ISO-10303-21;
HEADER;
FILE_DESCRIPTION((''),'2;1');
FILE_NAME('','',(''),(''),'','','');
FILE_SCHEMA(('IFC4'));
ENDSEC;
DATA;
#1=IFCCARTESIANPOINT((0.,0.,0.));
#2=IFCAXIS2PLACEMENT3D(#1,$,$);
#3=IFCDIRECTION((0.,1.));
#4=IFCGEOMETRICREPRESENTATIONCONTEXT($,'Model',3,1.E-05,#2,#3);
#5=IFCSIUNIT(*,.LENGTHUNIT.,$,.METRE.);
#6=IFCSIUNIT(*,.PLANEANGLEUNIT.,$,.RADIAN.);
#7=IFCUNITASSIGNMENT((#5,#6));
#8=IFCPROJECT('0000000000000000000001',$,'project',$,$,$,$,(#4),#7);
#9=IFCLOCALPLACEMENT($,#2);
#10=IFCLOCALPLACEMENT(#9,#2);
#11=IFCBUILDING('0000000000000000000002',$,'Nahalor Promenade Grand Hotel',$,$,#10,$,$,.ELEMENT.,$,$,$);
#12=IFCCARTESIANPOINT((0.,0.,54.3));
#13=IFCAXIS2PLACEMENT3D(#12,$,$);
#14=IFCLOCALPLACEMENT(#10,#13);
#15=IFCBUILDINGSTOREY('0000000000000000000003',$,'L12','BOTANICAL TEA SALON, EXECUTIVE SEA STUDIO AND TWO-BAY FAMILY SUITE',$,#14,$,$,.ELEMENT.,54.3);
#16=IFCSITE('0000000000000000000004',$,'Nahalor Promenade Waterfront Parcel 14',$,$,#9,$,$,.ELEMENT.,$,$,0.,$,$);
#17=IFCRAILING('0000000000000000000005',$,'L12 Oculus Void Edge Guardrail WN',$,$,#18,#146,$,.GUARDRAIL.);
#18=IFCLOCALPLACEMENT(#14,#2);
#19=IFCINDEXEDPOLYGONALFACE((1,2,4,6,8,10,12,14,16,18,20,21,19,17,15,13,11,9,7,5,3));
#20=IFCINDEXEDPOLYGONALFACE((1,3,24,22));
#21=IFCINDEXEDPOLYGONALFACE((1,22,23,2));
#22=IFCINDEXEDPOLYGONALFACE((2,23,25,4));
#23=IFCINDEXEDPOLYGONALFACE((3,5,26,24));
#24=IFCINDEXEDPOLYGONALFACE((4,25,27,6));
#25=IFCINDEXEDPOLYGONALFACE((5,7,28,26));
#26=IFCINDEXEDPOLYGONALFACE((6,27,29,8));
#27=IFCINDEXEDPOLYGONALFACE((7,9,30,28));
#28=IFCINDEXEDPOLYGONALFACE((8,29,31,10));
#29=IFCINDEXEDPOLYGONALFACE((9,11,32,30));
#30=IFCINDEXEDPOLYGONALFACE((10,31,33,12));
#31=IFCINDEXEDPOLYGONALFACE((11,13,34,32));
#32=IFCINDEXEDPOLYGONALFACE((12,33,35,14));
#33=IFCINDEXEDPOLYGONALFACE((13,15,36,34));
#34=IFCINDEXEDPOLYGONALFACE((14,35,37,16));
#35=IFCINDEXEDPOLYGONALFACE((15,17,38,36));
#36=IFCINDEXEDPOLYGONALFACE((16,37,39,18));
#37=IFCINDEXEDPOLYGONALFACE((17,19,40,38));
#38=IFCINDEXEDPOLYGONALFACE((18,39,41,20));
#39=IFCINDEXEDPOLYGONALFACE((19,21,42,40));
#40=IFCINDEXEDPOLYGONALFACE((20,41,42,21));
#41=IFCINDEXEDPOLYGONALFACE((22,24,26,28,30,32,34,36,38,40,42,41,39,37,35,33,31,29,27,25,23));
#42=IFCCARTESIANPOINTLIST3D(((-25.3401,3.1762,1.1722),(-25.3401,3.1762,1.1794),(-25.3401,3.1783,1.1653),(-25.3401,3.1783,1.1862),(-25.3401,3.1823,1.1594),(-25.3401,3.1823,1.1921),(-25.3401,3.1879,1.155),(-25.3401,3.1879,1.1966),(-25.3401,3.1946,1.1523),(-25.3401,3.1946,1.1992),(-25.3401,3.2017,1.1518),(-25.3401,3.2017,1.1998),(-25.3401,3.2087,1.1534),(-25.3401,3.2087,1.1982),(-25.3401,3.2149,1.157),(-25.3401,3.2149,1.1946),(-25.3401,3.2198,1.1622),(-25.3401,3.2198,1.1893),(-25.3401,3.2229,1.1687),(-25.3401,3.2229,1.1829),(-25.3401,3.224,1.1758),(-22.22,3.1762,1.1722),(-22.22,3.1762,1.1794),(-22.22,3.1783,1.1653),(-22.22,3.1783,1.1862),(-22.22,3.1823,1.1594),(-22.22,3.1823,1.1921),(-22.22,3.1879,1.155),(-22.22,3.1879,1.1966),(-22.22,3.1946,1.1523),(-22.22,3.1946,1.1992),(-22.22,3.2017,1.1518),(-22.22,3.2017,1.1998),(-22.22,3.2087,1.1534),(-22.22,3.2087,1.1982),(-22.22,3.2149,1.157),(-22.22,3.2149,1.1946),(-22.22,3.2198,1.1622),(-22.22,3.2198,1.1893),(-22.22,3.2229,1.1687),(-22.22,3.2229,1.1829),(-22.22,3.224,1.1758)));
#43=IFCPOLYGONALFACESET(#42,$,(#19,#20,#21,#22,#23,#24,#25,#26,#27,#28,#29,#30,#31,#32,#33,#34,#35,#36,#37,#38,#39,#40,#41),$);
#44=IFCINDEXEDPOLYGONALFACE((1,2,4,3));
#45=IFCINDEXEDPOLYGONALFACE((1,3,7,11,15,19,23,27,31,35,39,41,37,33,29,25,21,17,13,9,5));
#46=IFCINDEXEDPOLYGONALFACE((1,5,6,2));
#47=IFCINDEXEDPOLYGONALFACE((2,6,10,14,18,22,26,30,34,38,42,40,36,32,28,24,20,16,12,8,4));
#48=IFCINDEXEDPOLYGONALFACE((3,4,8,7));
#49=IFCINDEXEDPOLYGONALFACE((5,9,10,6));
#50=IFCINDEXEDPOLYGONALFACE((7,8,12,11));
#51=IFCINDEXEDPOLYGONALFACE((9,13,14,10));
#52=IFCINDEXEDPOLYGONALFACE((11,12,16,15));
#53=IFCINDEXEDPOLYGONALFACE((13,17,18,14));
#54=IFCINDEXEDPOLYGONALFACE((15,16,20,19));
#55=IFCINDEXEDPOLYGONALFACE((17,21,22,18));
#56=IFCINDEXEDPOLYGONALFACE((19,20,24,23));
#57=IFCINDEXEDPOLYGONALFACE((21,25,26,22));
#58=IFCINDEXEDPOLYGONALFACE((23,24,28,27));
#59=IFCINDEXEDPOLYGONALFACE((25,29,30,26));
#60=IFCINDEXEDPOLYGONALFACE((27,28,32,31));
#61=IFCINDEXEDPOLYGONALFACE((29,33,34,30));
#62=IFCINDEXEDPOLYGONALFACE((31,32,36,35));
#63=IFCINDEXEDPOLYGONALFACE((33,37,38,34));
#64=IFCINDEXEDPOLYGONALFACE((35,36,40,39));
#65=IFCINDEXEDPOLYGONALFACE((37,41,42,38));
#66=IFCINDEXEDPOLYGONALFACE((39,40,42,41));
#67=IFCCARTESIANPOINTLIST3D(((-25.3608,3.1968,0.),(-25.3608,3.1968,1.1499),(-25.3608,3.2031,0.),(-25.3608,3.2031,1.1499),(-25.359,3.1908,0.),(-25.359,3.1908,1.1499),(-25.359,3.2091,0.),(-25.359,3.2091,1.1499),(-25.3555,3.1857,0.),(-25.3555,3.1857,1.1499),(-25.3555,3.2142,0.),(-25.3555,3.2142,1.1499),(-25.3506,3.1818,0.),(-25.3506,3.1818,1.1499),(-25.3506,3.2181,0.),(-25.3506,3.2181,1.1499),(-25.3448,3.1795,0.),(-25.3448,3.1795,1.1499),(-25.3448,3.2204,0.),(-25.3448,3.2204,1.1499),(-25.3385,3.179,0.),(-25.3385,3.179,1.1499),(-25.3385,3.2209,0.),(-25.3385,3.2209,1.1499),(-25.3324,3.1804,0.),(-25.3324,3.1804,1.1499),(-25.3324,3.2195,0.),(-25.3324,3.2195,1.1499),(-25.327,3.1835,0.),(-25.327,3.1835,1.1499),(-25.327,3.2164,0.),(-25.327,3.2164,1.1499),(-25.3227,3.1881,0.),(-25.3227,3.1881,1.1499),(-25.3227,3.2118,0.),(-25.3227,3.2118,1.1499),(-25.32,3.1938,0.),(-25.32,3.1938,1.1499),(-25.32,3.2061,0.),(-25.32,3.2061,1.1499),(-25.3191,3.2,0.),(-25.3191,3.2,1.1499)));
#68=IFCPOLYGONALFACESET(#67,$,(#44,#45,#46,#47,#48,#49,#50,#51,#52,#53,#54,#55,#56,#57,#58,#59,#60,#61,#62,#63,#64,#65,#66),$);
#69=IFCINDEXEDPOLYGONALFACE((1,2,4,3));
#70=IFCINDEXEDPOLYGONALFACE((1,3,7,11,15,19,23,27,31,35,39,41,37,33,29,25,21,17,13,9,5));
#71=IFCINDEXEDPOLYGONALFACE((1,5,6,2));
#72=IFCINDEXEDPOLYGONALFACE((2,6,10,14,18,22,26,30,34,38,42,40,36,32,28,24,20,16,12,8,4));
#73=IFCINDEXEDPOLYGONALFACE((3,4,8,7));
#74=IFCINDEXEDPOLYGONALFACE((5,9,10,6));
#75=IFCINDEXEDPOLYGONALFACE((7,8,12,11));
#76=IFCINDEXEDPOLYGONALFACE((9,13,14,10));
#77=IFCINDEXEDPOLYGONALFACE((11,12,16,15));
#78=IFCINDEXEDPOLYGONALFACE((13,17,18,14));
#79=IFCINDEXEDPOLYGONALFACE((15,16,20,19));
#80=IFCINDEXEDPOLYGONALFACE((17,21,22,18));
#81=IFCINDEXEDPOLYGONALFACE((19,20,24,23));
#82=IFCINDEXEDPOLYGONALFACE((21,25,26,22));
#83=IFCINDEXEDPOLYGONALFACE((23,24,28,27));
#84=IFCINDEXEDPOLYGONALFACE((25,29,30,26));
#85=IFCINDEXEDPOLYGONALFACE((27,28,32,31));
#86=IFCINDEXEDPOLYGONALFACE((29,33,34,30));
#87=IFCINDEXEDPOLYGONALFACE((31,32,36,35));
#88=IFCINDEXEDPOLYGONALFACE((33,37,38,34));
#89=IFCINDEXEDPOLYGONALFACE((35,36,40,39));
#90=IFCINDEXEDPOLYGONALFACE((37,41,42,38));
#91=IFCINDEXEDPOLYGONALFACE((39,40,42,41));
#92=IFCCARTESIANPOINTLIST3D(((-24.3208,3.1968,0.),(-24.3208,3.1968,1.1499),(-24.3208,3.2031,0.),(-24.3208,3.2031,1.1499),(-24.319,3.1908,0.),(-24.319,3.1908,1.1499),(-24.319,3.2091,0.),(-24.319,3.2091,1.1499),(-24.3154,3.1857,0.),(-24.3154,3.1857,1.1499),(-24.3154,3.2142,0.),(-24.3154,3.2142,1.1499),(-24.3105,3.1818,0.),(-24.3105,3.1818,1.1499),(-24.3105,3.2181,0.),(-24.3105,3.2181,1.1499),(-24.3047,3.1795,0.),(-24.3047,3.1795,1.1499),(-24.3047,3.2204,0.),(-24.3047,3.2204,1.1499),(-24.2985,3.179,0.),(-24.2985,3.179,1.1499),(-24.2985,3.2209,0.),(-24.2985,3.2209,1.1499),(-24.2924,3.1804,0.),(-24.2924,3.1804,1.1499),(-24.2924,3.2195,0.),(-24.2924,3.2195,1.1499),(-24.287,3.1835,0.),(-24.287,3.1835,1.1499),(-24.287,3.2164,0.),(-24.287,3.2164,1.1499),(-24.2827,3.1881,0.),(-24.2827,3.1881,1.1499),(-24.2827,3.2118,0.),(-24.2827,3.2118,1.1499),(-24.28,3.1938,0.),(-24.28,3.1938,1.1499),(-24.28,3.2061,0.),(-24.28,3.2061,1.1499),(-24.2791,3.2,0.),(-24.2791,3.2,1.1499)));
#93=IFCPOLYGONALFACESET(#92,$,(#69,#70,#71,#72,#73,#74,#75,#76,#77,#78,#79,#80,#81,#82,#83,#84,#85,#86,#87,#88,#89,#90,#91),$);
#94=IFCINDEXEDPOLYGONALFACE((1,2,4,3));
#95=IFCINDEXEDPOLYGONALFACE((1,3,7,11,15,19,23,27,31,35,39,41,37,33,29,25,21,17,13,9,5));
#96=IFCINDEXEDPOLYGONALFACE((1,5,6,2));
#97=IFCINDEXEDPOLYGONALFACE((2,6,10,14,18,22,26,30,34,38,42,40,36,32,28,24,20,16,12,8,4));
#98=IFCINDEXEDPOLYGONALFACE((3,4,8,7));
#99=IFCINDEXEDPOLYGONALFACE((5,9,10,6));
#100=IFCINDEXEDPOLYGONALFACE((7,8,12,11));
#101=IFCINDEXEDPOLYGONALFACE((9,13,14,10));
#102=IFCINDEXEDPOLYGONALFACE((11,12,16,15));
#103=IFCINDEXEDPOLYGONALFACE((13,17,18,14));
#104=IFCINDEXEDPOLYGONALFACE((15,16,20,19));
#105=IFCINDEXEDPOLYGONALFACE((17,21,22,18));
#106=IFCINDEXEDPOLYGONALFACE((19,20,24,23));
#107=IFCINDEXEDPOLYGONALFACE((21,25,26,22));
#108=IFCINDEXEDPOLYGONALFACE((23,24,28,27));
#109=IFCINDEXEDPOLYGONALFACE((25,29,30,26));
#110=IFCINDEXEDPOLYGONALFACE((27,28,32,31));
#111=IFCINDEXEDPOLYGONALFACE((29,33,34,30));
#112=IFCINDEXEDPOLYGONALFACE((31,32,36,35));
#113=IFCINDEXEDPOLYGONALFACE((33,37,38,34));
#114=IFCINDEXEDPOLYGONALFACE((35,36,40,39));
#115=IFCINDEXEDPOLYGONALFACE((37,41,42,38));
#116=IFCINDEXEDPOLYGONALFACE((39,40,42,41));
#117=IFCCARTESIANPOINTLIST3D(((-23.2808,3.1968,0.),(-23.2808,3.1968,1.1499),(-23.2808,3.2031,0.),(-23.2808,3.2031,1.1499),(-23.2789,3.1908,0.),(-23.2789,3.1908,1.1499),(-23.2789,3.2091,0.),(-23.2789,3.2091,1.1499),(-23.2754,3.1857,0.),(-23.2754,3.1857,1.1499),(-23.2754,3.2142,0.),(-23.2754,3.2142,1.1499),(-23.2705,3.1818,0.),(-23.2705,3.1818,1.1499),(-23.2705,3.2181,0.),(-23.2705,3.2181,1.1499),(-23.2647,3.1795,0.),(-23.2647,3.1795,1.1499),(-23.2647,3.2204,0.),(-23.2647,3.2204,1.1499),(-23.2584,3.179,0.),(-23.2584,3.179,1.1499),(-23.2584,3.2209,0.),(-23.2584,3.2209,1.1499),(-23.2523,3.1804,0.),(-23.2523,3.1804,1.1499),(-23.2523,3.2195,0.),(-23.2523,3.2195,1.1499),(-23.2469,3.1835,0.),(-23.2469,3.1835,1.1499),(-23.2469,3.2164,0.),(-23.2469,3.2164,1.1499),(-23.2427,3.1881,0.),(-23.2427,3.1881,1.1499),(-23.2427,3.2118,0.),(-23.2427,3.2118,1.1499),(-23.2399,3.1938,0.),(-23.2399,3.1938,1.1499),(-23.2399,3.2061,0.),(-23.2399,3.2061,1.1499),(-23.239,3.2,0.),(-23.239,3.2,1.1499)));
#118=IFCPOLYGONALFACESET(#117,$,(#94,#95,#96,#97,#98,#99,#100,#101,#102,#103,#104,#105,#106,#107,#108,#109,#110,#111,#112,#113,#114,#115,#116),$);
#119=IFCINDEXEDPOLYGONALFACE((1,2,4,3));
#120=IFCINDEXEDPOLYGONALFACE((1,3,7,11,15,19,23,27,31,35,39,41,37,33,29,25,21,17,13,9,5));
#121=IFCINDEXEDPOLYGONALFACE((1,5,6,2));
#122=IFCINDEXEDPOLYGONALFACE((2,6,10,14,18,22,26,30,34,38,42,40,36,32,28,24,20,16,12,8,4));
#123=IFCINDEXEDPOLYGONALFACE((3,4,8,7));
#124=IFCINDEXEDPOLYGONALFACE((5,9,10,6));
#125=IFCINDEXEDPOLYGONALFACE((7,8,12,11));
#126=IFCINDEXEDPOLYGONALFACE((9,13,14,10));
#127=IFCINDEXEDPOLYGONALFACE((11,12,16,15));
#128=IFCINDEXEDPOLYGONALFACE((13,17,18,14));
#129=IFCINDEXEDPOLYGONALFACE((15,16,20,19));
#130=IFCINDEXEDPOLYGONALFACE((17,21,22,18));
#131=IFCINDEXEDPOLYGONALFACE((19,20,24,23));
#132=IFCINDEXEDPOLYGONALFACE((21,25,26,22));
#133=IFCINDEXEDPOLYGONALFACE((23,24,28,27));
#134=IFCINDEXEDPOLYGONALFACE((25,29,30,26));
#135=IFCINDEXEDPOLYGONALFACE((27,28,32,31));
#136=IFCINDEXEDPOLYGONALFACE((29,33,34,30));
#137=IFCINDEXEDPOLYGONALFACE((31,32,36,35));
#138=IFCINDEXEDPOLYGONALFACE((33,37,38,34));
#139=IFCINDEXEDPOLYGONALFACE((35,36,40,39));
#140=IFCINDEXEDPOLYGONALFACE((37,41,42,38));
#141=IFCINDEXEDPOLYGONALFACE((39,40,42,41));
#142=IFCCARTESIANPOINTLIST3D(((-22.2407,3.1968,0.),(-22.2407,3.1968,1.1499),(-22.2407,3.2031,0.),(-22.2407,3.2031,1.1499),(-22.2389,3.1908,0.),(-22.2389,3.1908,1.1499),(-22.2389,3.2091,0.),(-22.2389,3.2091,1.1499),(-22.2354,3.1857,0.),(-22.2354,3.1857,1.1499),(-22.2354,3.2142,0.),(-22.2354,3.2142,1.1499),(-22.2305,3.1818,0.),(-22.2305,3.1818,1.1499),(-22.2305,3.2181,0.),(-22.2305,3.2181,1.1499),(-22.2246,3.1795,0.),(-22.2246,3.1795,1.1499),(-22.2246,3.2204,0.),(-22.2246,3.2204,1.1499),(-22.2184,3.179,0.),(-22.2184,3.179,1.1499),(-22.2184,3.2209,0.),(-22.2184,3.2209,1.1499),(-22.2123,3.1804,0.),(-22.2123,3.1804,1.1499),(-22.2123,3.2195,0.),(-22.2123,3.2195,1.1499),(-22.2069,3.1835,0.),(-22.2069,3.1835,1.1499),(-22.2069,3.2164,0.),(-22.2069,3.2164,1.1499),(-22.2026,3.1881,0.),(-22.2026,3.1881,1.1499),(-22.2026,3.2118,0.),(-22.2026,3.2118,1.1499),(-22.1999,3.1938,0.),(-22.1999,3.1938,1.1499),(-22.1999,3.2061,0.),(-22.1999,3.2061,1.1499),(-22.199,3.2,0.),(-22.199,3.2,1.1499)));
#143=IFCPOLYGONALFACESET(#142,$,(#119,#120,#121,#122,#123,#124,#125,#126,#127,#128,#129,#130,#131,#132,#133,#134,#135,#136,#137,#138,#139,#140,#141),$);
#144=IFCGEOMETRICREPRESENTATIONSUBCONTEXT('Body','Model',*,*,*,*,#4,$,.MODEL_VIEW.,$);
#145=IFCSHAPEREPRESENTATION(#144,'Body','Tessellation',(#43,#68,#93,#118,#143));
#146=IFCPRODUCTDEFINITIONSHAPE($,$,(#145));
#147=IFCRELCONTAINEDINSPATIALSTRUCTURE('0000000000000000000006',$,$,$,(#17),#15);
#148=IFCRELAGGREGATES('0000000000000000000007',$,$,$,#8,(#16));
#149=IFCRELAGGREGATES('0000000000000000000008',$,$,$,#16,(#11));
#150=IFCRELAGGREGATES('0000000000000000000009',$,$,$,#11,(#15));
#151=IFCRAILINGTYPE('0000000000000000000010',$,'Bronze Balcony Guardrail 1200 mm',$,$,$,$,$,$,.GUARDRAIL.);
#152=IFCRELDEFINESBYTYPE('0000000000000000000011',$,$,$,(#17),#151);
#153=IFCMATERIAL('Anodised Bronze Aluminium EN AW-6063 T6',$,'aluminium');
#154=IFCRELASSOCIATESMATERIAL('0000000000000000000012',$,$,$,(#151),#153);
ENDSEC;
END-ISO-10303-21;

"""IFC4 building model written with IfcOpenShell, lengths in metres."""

from ifc_helpers import new_model, si_unit, direction, frame, origin, origin_2d, place, context, subcontext, project, spatial, circle, extrude, material, type_object, element, save


model = new_model("IFC4")

# Units and contexts
model_context = context("Model", 3, precision=1e-05, world=origin(), true_north=direction((0.0, 1.0)))
body_context = subcontext(model_context, "Body", "Model", "MODEL_VIEW")
ifc_project = project(units=[si_unit("LENGTHUNIT", "METRE"), si_unit("PLANEANGLEUNIT", "RADIAN")], contexts=[model_context])

# Site, building, storey
site_placement = place(None, origin())
site = spatial("IfcSite", under=ifc_project, at=site_placement, Name="Nahalor Promenade Waterfront Parcel 14", CompositionType="ELEMENT", RefElevation=0.0)
building_placement = place(site_placement, origin())
building = spatial("IfcBuilding", under=site, at=building_placement, Name="Nahalor Promenade Grand Hotel", CompositionType="ELEMENT")
storey_placement = place(building_placement, frame((0.0, 0.0, 54.3)))
storey = spatial("IfcBuildingStorey", under=building, at=storey_placement, Name="L12", Description="BOTANICAL TEA SALON, EXECUTIVE SEA STUDIO AND TWO-BAY FAMILY SUITE", CompositionType="ELEMENT", Elevation=54.3)

# Shared definitions
ifc_material_1 = material(Name="Anodised Bronze Aluminium EN AW-6063 T6", Category="aluminium")

# Railing
railing_type = type_object("IfcRailingType", Name="Bronze Balcony Guardrail 1200 mm", PredefinedType="GUARDRAIL", material=ifc_material_1)
for number, where, name in (
    (1, (-25.3401, 3.2, 0.0), "L12 Oculus Void Edge Guardrail WN"),
):
    element("IfcRailing", number, at=place(storey_placement, frame(where)), inside=storey, type_object=railing_type, Name=name, PredefinedType="GUARDRAIL", context=body_context, shape_type="SweptSolid", body=[
        extrude(circle(Radius=0.024, at=origin_2d()), frame((0.0, 0.0, 1.1758), z_axis=(1.0, 0.0, 0.0), x_axis=(0.0, 1.0, 0.0)), (0.0, 0.0, 1.0), 3.1201),
        extrude(circle(Radius=0.021, at=origin_2d()), origin(), (0.0, 0.0, 1.0), 1.1499),
        extrude(circle(Radius=0.021, at=origin_2d()), frame((1.04, 0.0, 0.0)), (0.0, 0.0, 1.0), 1.1499),
        extrude(circle(Radius=0.021, at=origin_2d()), frame((2.0801, 0.0, 0.0)), (0.0, 0.0, 1.0), 1.1499),
        extrude(circle(Radius=0.021, at=origin_2d()), frame((3.1201, 0.0, 0.0)), (0.0, 0.0, 1.0), 1.1499),
    ])

save(model, "model.ifc")
